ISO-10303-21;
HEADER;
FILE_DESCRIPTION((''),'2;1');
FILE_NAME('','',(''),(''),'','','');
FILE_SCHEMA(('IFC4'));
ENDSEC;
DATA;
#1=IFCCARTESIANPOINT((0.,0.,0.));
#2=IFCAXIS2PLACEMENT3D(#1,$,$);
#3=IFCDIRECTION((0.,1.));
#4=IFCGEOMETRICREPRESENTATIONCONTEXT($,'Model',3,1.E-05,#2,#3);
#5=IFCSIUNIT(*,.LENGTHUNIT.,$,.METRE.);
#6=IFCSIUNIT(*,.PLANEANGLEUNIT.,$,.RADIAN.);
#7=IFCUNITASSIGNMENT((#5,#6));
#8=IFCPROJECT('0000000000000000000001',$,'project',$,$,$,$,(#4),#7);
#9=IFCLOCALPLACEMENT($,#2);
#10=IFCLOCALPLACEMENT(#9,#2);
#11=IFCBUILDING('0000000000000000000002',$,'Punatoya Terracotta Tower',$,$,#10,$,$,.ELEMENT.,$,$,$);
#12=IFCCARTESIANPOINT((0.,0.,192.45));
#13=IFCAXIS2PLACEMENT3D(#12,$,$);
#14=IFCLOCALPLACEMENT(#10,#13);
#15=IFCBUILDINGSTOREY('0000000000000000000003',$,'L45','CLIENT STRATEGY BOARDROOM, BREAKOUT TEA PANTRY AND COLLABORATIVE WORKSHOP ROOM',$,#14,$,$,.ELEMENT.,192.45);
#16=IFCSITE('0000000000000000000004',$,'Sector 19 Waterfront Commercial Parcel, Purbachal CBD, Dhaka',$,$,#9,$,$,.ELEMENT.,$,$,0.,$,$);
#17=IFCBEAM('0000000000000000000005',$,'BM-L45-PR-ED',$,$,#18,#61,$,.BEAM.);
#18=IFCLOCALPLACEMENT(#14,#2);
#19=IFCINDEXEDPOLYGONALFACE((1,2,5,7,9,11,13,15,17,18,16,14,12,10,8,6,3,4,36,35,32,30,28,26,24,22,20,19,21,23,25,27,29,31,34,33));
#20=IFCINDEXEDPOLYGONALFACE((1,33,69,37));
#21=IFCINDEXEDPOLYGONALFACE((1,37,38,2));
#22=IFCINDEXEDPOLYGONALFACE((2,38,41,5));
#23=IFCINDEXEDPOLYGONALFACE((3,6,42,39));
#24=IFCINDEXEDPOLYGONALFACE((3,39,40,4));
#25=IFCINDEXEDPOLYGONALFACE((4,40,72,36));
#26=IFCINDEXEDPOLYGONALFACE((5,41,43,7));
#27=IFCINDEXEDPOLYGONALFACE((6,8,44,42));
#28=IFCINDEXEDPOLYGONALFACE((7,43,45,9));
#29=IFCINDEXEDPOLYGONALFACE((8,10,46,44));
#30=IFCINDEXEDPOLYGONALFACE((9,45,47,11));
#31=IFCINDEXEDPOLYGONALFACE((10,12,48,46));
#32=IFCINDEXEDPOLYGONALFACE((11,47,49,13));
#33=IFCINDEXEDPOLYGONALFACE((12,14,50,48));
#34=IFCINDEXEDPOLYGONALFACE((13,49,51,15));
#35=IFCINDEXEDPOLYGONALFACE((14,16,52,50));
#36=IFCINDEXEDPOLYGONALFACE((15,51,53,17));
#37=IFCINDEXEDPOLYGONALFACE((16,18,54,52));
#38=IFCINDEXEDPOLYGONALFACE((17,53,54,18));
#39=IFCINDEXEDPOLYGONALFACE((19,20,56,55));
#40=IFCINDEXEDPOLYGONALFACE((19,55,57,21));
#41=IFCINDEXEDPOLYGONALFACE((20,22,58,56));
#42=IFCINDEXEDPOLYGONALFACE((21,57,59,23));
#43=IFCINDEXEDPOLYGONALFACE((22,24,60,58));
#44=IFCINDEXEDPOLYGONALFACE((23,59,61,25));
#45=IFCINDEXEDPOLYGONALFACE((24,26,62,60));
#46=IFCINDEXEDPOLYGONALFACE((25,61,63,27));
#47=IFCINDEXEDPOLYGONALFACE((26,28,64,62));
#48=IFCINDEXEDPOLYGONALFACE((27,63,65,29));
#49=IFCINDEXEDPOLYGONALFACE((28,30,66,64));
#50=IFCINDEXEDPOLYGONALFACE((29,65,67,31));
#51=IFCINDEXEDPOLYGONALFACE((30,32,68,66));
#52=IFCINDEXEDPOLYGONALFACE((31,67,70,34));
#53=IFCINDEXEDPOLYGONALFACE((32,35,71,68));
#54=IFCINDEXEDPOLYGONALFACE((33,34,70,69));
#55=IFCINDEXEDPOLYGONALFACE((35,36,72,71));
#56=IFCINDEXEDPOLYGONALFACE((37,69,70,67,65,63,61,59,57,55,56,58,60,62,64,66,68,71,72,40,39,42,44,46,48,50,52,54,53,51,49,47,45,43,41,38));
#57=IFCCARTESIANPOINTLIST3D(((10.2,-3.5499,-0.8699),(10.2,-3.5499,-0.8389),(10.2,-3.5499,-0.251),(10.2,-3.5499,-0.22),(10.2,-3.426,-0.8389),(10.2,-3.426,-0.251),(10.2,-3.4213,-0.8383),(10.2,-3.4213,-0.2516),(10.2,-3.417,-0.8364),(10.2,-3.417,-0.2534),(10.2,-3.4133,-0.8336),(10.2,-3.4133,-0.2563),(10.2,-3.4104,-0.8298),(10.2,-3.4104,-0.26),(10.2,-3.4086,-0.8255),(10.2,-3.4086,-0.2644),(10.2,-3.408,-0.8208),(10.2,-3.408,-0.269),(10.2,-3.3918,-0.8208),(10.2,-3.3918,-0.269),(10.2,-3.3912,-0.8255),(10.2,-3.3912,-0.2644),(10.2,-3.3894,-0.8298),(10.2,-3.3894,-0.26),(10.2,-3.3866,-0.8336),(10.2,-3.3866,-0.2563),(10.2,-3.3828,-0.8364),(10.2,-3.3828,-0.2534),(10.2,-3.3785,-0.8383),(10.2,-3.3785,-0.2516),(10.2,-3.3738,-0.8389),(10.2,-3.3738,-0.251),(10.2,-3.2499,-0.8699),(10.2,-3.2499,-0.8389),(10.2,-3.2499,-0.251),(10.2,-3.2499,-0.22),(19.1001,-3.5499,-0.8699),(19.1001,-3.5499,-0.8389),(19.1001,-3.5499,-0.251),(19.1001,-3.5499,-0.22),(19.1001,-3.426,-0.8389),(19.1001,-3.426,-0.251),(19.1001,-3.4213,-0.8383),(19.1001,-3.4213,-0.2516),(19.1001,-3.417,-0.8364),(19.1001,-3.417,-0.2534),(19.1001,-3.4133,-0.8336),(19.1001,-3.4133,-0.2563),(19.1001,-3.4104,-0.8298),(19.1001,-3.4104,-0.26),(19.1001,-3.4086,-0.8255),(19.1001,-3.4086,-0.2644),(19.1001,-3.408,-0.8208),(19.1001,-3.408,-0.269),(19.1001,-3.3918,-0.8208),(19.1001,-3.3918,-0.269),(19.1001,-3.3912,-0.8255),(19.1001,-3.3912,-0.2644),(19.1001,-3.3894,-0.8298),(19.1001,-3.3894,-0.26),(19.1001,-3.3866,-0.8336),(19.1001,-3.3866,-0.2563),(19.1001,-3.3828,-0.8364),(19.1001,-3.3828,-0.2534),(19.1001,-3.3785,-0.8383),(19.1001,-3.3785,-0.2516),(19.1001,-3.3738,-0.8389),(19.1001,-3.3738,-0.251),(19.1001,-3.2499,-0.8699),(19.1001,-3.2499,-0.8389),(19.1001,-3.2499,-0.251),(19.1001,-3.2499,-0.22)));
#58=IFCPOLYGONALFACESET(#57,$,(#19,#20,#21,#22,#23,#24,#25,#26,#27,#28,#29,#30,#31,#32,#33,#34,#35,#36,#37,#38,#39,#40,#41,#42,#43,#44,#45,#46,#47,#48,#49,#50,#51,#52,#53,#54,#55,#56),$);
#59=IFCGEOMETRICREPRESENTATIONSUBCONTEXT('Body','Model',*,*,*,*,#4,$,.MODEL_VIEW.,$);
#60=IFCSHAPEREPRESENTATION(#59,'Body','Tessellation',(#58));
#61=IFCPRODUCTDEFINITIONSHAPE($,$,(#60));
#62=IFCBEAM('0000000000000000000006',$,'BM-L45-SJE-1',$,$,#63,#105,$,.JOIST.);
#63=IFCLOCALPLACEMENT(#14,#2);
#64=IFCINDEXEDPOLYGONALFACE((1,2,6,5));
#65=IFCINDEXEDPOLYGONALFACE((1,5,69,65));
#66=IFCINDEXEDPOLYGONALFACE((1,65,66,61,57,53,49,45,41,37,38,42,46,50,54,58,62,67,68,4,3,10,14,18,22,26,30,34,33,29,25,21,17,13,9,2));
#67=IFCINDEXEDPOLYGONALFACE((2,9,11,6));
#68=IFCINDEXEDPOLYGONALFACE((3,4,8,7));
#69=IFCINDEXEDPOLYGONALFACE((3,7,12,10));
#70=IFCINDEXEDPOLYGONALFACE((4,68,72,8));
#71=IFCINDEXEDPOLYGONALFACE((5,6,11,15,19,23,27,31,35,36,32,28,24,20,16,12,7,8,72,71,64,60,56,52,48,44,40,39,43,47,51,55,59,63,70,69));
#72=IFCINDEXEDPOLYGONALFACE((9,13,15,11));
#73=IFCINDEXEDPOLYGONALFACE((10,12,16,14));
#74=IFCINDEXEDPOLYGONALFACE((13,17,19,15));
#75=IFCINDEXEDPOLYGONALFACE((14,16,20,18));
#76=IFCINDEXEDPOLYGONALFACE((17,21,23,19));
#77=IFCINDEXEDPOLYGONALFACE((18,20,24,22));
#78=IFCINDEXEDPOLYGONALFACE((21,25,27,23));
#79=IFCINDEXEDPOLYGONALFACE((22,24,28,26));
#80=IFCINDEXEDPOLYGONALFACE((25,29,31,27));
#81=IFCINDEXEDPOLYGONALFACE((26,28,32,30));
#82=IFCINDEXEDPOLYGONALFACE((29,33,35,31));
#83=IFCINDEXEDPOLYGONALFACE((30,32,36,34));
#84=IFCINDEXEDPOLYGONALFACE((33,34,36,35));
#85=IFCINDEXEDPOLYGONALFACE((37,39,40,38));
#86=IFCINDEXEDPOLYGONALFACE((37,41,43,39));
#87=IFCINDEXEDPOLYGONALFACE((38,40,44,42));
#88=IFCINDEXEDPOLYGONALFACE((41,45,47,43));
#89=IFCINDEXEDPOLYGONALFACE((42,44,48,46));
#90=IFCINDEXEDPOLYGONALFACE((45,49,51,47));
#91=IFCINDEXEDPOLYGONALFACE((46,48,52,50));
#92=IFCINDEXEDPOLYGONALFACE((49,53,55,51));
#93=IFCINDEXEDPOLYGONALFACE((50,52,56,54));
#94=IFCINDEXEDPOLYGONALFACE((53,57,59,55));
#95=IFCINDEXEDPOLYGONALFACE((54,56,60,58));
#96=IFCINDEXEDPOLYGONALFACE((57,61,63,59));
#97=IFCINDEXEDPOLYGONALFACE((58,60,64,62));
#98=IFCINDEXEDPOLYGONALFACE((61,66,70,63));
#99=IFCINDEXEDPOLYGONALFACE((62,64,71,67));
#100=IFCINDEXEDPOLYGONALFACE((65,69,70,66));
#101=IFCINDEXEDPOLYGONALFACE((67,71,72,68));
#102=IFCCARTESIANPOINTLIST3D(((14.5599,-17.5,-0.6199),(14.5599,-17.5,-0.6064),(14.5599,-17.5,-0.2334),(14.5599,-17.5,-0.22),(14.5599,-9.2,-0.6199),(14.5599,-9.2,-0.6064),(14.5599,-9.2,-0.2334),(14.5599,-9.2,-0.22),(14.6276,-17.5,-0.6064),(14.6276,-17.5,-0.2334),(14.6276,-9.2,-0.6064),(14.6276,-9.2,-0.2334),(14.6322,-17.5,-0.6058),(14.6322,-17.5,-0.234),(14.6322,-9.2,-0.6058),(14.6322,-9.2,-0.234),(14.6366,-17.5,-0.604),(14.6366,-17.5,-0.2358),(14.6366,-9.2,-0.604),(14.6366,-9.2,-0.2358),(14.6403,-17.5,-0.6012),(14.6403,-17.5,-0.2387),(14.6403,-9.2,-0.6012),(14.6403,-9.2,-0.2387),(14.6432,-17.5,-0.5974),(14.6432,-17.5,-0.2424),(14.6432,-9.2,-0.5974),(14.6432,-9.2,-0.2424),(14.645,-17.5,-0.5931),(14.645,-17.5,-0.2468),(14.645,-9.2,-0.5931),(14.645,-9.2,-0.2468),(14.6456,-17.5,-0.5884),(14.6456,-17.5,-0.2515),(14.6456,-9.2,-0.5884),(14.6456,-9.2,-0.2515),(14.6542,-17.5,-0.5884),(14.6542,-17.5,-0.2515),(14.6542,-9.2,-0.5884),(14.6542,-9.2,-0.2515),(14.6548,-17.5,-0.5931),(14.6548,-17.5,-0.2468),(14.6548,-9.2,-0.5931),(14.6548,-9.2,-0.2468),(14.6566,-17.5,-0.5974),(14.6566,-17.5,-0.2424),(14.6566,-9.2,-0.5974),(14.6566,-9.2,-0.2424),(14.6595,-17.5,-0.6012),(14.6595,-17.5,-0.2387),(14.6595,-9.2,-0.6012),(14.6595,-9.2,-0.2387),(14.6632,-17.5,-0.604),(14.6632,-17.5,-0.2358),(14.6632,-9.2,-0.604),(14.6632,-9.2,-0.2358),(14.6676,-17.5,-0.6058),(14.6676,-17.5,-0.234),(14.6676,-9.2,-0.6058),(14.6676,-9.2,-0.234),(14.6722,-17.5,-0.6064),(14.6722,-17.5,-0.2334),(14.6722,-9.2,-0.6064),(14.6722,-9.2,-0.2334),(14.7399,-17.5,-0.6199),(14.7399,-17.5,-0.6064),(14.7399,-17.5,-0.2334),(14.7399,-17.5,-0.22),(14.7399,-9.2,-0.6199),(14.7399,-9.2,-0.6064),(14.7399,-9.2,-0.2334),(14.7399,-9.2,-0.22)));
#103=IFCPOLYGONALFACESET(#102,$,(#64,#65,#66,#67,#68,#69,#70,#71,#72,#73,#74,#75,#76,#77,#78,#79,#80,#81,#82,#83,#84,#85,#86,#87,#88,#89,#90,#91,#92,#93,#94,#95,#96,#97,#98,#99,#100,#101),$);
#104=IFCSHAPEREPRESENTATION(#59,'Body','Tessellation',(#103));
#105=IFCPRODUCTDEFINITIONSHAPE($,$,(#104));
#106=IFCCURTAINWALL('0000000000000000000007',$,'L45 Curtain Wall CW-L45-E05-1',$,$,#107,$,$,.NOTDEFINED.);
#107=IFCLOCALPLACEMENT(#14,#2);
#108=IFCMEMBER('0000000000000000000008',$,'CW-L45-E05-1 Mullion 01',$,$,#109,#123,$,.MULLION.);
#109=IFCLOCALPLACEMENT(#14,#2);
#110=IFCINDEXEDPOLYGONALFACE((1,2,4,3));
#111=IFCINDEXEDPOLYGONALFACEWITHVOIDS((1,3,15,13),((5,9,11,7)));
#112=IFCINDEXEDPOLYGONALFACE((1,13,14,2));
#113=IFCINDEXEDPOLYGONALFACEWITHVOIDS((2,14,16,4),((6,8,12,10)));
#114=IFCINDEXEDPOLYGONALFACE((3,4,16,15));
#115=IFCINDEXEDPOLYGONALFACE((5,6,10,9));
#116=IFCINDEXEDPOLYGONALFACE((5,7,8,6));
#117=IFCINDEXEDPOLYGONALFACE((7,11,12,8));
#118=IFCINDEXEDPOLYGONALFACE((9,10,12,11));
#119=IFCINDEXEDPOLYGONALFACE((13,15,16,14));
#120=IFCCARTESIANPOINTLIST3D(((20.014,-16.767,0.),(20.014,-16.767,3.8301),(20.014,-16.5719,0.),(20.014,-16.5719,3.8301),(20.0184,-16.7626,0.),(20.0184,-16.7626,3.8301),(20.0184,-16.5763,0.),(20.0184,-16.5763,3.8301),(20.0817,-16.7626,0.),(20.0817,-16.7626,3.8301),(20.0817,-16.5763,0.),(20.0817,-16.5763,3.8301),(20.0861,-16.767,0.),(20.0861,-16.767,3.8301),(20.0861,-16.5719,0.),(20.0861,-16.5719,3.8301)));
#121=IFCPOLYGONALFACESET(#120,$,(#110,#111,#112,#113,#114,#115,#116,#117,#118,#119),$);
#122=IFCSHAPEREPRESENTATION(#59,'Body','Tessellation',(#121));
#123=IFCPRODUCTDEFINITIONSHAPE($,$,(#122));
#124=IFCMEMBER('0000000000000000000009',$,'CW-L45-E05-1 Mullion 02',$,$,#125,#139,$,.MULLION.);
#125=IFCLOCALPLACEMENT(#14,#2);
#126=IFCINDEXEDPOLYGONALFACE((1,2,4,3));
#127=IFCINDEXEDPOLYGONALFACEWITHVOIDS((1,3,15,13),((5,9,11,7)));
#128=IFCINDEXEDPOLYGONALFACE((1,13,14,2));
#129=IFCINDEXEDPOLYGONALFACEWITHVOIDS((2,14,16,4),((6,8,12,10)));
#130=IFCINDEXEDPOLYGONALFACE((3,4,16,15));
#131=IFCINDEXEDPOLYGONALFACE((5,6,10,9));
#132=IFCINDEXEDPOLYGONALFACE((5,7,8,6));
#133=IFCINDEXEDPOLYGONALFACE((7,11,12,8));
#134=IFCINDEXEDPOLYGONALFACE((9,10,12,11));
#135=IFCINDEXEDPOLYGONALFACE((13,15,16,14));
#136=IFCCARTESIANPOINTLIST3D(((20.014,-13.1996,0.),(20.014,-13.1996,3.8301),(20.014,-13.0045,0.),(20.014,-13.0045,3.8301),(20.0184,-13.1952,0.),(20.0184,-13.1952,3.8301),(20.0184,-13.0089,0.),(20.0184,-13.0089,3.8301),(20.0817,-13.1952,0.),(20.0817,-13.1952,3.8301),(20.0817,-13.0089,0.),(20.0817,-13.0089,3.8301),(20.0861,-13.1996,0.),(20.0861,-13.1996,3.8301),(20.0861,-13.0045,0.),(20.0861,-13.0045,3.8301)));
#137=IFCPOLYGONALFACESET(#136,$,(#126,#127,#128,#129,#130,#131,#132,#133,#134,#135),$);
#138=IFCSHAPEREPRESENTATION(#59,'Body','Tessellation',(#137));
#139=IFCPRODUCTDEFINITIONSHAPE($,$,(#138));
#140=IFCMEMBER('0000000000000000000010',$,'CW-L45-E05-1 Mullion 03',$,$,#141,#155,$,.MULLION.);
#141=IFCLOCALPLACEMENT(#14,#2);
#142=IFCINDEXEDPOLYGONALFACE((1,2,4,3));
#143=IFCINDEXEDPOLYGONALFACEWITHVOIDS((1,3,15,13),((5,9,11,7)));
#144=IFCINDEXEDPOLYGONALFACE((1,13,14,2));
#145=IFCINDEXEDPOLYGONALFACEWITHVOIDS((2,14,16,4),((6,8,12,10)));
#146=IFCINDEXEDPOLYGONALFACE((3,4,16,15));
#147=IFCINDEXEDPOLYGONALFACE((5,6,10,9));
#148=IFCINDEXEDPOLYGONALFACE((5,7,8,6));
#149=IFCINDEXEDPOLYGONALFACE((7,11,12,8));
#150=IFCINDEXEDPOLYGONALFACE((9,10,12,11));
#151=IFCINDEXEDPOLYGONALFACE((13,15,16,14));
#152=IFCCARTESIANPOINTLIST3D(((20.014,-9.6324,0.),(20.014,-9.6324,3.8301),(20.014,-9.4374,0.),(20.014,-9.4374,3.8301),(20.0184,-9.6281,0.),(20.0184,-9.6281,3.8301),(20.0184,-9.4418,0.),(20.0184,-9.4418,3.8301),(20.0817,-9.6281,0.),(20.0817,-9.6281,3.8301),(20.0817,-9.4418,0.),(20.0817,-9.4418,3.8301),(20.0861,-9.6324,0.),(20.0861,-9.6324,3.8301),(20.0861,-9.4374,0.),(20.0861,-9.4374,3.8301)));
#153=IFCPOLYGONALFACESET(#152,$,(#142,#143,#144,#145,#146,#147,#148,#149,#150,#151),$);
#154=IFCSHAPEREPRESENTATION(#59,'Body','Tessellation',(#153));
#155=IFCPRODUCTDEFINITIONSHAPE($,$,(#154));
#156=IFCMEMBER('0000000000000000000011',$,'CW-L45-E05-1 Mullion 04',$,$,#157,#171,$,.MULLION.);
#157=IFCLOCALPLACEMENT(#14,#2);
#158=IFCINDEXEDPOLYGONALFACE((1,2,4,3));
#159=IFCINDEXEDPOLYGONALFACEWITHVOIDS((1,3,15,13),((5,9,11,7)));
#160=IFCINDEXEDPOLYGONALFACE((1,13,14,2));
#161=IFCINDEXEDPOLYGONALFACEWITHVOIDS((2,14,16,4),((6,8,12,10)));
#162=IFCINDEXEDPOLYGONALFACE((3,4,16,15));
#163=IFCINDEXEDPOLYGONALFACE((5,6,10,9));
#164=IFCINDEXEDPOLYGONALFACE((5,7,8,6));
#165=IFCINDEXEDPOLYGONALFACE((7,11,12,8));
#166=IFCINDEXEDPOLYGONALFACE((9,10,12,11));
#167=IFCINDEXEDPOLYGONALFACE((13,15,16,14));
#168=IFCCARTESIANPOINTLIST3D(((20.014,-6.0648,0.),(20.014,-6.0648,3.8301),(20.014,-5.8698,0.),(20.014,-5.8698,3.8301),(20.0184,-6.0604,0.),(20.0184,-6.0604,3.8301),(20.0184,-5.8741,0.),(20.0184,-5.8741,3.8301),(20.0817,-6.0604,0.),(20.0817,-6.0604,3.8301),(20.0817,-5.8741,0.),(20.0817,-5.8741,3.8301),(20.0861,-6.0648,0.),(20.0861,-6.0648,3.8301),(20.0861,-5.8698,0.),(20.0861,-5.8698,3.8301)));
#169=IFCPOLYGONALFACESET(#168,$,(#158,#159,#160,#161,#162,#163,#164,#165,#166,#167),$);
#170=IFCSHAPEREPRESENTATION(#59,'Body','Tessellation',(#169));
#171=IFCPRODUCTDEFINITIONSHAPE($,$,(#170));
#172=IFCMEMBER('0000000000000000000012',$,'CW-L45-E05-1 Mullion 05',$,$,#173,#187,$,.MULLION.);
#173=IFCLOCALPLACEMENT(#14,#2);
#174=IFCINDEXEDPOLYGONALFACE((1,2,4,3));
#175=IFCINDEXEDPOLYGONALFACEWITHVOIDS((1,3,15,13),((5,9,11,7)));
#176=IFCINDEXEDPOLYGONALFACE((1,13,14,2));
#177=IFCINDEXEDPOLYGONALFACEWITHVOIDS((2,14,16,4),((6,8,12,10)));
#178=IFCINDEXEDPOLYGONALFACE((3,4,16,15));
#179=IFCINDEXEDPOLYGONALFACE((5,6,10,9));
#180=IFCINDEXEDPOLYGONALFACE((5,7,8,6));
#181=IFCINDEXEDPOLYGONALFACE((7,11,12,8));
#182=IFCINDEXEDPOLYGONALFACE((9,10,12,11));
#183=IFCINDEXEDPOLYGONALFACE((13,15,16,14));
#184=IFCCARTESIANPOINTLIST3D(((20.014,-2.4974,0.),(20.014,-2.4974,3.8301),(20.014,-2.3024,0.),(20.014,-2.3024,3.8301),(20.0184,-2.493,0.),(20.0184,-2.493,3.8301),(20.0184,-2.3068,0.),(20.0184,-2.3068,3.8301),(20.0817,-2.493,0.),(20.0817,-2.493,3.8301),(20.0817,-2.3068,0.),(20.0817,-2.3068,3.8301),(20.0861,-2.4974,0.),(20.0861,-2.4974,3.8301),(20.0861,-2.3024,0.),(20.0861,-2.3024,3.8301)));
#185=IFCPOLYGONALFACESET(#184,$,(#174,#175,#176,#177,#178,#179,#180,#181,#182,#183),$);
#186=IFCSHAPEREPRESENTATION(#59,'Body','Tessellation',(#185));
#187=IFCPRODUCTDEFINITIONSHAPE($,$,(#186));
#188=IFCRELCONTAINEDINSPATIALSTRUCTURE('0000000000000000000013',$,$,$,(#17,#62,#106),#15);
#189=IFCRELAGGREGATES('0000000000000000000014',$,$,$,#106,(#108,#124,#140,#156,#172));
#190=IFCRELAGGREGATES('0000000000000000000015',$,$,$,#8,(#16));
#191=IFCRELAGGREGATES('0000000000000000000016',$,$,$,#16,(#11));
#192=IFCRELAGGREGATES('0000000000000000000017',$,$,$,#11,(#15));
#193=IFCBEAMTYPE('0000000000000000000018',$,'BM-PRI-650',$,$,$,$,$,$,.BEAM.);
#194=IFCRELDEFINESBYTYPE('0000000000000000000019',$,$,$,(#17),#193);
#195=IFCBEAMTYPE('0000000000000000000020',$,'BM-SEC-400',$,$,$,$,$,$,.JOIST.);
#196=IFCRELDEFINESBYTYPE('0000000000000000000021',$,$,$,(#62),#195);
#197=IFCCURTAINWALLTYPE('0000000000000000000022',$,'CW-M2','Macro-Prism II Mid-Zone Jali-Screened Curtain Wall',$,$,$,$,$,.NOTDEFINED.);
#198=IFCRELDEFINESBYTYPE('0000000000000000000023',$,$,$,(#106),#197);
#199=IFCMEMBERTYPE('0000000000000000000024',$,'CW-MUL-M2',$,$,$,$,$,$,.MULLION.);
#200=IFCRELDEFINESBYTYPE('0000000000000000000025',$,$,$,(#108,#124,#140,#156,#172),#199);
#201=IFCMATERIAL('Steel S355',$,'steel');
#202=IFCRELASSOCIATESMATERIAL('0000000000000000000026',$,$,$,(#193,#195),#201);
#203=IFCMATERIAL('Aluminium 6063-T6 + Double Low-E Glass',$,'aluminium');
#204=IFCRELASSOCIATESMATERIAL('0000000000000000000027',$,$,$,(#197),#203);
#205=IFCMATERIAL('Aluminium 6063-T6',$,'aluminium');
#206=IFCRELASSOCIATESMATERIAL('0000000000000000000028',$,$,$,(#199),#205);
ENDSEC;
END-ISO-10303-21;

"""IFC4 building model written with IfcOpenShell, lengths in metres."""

from ifc_helpers import new_model, si_unit, direction, frame, origin, origin_2d, place, context, subcontext, project, spatial, hollow_rectangle, i_section, extrude, material, material_profile, profile_set, type_object, element, aggregate, save


model = new_model("IFC4")

# Units and contexts
model_context = context("Model", 3, precision=1e-05, world=origin(), true_north=direction((0.0, 1.0)))
body_context = subcontext(model_context, "Body", "Model", "MODEL_VIEW")
ifc_project = project(units=[si_unit("LENGTHUNIT", "METRE"), si_unit("PLANEANGLEUNIT", "RADIAN")], contexts=[model_context])

# Site, building, storey
site_placement = place(None, origin())
site = spatial("IfcSite", under=ifc_project, at=site_placement, Name="Sector 19 Waterfront Commercial Parcel, Purbachal CBD, Dhaka", CompositionType="ELEMENT", RefElevation=0.0)
building_placement = place(site_placement, origin())
building = spatial("IfcBuilding", under=site, at=building_placement, Name="Punatoya Terracotta Tower", CompositionType="ELEMENT")
storey_placement = place(building_placement, frame((0.0, 0.0, 192.45)))
storey = spatial("IfcBuildingStorey", under=building, at=storey_placement, Name="L45", Description="CLIENT STRATEGY BOARDROOM, BREAKOUT TEA PANTRY AND COLLABORATIVE WORKSHOP ROOM", CompositionType="ELEMENT", Elevation=192.45)

# Beams
ifc_material_1 = material(Name="Steel S355", Category="steel")
ifc_material_profile_1 = material_profile(ifc_material_1, i_section(OverallWidth=0.3, OverallDepth=0.6499, WebThickness=0.0161, FlangeThickness=0.031, FilletRadius=0.0181, at=origin_2d()))
ifc_profile_set_1 = profile_set([ifc_material_profile_1], Name="Steel S355")
beam_type_1 = type_object("IfcBeamType", Name="BM-PRI-650", PredefinedType="BEAM", material=ifc_profile_set_1)
for number, where, z_axis, x_axis, name in (
    (1, (10.2, -3.3999, -0.5449), (1.0, 0.0, 0.0), (0.0, 1.0, 0.0), "BM-L45-PR-ED"),
):
    element("IfcBeam", number, at=place(storey_placement, frame(where, z_axis=z_axis, x_axis=x_axis)), inside=storey, type_object=beam_type_1, Name=name, PredefinedType="BEAM", context=body_context, shape_type="SweptSolid", body=[
        extrude(i_section(OverallWidth=0.3, OverallDepth=0.6499, WebThickness=0.0161, FlangeThickness=0.031, FilletRadius=0.0181, at=origin_2d()), origin(), (0.0, 0.0, 1.0), 8.9001),
    ])
ifc_material_profile_2 = material_profile(ifc_material_1, i_section(OverallWidth=0.1799, OverallDepth=0.3999, WebThickness=0.0085, FlangeThickness=0.0134, FilletRadius=0.0181, at=origin_2d()))
ifc_profile_set_2 = profile_set([ifc_material_profile_2], Name="Steel S355")
beam_type_2 = type_object("IfcBeamType", Name="BM-SEC-400", PredefinedType="JOIST", material=ifc_profile_set_2)
beam_1_placement = place(storey_placement, frame((14.6499, -17.5, -0.4199), z_axis=(0.0, 1.0, 0.0), x_axis=(-1.0, 0.0, 0.0)))
element("IfcBeam", 2, at=beam_1_placement, inside=storey, type_object=beam_type_2, Name="BM-L45-SJE-1", PredefinedType="JOIST", context=body_context, shape_type="SweptSolid", body=[
    extrude(i_section(OverallWidth=0.1799, OverallDepth=0.3999, WebThickness=0.0085, FlangeThickness=0.0134, FilletRadius=0.0181, at=origin_2d()), origin(), (0.0, 0.0, 1.0), 8.3),
])

# Curtain wall, members
ifc_material_2 = material(Name="Aluminium 6063-T6 + Double Low-E Glass", Category="aluminium")
curtain_wall_type = type_object("IfcCurtainWallType", Name="CW-M2", Description="Macro-Prism II Mid-Zone Jali-Screened Curtain Wall", PredefinedType="NOTDEFINED", material=ifc_material_2)
curtain_wall_placement = place(storey_placement, origin())
curtain_wall = element("IfcCurtainWall", 3, at=curtain_wall_placement, inside=storey, type_object=curtain_wall_type, Name="L45 Curtain Wall CW-L45-E05-1", PredefinedType="NOTDEFINED")
ifc_material_3 = material(Name="Aluminium 6063-T6", Category="aluminium")
ifc_material_profile_3 = material_profile(ifc_material_3, hollow_rectangle(XDim=0.072, YDim=0.1951, WallThickness=0.0044, at=origin_2d()))
ifc_profile_set_3 = profile_set([ifc_material_profile_3], Name="Aluminium 6063-T6")
member_type = type_object("IfcMemberType", Name="CW-MUL-M2", PredefinedType="MULLION", material=ifc_profile_set_3)
member_1_placement = place(storey_placement, frame((20.05, -16.6694, 0.0), z_axis=(0.0, 0.0, 1.0), x_axis=(1.0, 0.0, 0.0)))
member_1 = element("IfcMember", 4, at=member_1_placement, type_object=member_type, Name="CW-L45-E05-1 Mullion 01", PredefinedType="MULLION", context=body_context, shape_type="SweptSolid", body=[
    extrude(hollow_rectangle(XDim=0.072, YDim=0.1951, WallThickness=0.0044, at=origin_2d()), origin(), (0.0, 0.0, 1.0), 3.8301),
])
member_2_placement = place(storey_placement, frame((20.05, -13.1021, 0.0), z_axis=(0.0, 0.0, 1.0), x_axis=(1.0, 0.0, 0.0)))
member_2 = element("IfcMember", 5, at=member_2_placement, type_object=member_type, Name="CW-L45-E05-1 Mullion 02", PredefinedType="MULLION", context=body_context, shape_type="SweptSolid", body=[
    extrude(hollow_rectangle(XDim=0.072, YDim=0.1951, WallThickness=0.0044, at=origin_2d()), origin(), (0.0, 0.0, 1.0), 3.8301),
])
member_3_placement = place(storey_placement, frame((20.05, -9.5349, 0.0), z_axis=(0.0, 0.0, 1.0), x_axis=(1.0, 0.0, 0.0)))
member_3 = element("IfcMember", 6, at=member_3_placement, type_object=member_type, Name="CW-L45-E05-1 Mullion 03", PredefinedType="MULLION", context=body_context, shape_type="SweptSolid", body=[
    extrude(hollow_rectangle(XDim=0.072, YDim=0.1951, WallThickness=0.0044, at=origin_2d()), origin(), (0.0, 0.0, 1.0), 3.8301),
])
member_4_placement = place(storey_placement, frame((20.05, -5.9673, 0.0), z_axis=(0.0, 0.0, 1.0), x_axis=(1.0, 0.0, 0.0)))
member_4 = element("IfcMember", 7, at=member_4_placement, type_object=member_type, Name="CW-L45-E05-1 Mullion 04", PredefinedType="MULLION", context=body_context, shape_type="SweptSolid", body=[
    extrude(hollow_rectangle(XDim=0.072, YDim=0.1951, WallThickness=0.0044, at=origin_2d()), origin(), (0.0, 0.0, 1.0), 3.8301),
])
member_5_placement = place(storey_placement, frame((20.05, -2.3999, 0.0), z_axis=(0.0, 0.0, 1.0), x_axis=(1.0, 0.0, 0.0)))
member_5 = element("IfcMember", 8, at=member_5_placement, type_object=member_type, Name="CW-L45-E05-1 Mullion 05", PredefinedType="MULLION", context=body_context, shape_type="SweptSolid", body=[
    extrude(hollow_rectangle(XDim=0.072, YDim=0.1951, WallThickness=0.0044, at=origin_2d()), origin(), (0.0, 0.0, 1.0), 3.8301),
])
aggregate(curtain_wall, [member_1, member_2, member_3, member_4, member_5])

save(model, "model.ifc")
